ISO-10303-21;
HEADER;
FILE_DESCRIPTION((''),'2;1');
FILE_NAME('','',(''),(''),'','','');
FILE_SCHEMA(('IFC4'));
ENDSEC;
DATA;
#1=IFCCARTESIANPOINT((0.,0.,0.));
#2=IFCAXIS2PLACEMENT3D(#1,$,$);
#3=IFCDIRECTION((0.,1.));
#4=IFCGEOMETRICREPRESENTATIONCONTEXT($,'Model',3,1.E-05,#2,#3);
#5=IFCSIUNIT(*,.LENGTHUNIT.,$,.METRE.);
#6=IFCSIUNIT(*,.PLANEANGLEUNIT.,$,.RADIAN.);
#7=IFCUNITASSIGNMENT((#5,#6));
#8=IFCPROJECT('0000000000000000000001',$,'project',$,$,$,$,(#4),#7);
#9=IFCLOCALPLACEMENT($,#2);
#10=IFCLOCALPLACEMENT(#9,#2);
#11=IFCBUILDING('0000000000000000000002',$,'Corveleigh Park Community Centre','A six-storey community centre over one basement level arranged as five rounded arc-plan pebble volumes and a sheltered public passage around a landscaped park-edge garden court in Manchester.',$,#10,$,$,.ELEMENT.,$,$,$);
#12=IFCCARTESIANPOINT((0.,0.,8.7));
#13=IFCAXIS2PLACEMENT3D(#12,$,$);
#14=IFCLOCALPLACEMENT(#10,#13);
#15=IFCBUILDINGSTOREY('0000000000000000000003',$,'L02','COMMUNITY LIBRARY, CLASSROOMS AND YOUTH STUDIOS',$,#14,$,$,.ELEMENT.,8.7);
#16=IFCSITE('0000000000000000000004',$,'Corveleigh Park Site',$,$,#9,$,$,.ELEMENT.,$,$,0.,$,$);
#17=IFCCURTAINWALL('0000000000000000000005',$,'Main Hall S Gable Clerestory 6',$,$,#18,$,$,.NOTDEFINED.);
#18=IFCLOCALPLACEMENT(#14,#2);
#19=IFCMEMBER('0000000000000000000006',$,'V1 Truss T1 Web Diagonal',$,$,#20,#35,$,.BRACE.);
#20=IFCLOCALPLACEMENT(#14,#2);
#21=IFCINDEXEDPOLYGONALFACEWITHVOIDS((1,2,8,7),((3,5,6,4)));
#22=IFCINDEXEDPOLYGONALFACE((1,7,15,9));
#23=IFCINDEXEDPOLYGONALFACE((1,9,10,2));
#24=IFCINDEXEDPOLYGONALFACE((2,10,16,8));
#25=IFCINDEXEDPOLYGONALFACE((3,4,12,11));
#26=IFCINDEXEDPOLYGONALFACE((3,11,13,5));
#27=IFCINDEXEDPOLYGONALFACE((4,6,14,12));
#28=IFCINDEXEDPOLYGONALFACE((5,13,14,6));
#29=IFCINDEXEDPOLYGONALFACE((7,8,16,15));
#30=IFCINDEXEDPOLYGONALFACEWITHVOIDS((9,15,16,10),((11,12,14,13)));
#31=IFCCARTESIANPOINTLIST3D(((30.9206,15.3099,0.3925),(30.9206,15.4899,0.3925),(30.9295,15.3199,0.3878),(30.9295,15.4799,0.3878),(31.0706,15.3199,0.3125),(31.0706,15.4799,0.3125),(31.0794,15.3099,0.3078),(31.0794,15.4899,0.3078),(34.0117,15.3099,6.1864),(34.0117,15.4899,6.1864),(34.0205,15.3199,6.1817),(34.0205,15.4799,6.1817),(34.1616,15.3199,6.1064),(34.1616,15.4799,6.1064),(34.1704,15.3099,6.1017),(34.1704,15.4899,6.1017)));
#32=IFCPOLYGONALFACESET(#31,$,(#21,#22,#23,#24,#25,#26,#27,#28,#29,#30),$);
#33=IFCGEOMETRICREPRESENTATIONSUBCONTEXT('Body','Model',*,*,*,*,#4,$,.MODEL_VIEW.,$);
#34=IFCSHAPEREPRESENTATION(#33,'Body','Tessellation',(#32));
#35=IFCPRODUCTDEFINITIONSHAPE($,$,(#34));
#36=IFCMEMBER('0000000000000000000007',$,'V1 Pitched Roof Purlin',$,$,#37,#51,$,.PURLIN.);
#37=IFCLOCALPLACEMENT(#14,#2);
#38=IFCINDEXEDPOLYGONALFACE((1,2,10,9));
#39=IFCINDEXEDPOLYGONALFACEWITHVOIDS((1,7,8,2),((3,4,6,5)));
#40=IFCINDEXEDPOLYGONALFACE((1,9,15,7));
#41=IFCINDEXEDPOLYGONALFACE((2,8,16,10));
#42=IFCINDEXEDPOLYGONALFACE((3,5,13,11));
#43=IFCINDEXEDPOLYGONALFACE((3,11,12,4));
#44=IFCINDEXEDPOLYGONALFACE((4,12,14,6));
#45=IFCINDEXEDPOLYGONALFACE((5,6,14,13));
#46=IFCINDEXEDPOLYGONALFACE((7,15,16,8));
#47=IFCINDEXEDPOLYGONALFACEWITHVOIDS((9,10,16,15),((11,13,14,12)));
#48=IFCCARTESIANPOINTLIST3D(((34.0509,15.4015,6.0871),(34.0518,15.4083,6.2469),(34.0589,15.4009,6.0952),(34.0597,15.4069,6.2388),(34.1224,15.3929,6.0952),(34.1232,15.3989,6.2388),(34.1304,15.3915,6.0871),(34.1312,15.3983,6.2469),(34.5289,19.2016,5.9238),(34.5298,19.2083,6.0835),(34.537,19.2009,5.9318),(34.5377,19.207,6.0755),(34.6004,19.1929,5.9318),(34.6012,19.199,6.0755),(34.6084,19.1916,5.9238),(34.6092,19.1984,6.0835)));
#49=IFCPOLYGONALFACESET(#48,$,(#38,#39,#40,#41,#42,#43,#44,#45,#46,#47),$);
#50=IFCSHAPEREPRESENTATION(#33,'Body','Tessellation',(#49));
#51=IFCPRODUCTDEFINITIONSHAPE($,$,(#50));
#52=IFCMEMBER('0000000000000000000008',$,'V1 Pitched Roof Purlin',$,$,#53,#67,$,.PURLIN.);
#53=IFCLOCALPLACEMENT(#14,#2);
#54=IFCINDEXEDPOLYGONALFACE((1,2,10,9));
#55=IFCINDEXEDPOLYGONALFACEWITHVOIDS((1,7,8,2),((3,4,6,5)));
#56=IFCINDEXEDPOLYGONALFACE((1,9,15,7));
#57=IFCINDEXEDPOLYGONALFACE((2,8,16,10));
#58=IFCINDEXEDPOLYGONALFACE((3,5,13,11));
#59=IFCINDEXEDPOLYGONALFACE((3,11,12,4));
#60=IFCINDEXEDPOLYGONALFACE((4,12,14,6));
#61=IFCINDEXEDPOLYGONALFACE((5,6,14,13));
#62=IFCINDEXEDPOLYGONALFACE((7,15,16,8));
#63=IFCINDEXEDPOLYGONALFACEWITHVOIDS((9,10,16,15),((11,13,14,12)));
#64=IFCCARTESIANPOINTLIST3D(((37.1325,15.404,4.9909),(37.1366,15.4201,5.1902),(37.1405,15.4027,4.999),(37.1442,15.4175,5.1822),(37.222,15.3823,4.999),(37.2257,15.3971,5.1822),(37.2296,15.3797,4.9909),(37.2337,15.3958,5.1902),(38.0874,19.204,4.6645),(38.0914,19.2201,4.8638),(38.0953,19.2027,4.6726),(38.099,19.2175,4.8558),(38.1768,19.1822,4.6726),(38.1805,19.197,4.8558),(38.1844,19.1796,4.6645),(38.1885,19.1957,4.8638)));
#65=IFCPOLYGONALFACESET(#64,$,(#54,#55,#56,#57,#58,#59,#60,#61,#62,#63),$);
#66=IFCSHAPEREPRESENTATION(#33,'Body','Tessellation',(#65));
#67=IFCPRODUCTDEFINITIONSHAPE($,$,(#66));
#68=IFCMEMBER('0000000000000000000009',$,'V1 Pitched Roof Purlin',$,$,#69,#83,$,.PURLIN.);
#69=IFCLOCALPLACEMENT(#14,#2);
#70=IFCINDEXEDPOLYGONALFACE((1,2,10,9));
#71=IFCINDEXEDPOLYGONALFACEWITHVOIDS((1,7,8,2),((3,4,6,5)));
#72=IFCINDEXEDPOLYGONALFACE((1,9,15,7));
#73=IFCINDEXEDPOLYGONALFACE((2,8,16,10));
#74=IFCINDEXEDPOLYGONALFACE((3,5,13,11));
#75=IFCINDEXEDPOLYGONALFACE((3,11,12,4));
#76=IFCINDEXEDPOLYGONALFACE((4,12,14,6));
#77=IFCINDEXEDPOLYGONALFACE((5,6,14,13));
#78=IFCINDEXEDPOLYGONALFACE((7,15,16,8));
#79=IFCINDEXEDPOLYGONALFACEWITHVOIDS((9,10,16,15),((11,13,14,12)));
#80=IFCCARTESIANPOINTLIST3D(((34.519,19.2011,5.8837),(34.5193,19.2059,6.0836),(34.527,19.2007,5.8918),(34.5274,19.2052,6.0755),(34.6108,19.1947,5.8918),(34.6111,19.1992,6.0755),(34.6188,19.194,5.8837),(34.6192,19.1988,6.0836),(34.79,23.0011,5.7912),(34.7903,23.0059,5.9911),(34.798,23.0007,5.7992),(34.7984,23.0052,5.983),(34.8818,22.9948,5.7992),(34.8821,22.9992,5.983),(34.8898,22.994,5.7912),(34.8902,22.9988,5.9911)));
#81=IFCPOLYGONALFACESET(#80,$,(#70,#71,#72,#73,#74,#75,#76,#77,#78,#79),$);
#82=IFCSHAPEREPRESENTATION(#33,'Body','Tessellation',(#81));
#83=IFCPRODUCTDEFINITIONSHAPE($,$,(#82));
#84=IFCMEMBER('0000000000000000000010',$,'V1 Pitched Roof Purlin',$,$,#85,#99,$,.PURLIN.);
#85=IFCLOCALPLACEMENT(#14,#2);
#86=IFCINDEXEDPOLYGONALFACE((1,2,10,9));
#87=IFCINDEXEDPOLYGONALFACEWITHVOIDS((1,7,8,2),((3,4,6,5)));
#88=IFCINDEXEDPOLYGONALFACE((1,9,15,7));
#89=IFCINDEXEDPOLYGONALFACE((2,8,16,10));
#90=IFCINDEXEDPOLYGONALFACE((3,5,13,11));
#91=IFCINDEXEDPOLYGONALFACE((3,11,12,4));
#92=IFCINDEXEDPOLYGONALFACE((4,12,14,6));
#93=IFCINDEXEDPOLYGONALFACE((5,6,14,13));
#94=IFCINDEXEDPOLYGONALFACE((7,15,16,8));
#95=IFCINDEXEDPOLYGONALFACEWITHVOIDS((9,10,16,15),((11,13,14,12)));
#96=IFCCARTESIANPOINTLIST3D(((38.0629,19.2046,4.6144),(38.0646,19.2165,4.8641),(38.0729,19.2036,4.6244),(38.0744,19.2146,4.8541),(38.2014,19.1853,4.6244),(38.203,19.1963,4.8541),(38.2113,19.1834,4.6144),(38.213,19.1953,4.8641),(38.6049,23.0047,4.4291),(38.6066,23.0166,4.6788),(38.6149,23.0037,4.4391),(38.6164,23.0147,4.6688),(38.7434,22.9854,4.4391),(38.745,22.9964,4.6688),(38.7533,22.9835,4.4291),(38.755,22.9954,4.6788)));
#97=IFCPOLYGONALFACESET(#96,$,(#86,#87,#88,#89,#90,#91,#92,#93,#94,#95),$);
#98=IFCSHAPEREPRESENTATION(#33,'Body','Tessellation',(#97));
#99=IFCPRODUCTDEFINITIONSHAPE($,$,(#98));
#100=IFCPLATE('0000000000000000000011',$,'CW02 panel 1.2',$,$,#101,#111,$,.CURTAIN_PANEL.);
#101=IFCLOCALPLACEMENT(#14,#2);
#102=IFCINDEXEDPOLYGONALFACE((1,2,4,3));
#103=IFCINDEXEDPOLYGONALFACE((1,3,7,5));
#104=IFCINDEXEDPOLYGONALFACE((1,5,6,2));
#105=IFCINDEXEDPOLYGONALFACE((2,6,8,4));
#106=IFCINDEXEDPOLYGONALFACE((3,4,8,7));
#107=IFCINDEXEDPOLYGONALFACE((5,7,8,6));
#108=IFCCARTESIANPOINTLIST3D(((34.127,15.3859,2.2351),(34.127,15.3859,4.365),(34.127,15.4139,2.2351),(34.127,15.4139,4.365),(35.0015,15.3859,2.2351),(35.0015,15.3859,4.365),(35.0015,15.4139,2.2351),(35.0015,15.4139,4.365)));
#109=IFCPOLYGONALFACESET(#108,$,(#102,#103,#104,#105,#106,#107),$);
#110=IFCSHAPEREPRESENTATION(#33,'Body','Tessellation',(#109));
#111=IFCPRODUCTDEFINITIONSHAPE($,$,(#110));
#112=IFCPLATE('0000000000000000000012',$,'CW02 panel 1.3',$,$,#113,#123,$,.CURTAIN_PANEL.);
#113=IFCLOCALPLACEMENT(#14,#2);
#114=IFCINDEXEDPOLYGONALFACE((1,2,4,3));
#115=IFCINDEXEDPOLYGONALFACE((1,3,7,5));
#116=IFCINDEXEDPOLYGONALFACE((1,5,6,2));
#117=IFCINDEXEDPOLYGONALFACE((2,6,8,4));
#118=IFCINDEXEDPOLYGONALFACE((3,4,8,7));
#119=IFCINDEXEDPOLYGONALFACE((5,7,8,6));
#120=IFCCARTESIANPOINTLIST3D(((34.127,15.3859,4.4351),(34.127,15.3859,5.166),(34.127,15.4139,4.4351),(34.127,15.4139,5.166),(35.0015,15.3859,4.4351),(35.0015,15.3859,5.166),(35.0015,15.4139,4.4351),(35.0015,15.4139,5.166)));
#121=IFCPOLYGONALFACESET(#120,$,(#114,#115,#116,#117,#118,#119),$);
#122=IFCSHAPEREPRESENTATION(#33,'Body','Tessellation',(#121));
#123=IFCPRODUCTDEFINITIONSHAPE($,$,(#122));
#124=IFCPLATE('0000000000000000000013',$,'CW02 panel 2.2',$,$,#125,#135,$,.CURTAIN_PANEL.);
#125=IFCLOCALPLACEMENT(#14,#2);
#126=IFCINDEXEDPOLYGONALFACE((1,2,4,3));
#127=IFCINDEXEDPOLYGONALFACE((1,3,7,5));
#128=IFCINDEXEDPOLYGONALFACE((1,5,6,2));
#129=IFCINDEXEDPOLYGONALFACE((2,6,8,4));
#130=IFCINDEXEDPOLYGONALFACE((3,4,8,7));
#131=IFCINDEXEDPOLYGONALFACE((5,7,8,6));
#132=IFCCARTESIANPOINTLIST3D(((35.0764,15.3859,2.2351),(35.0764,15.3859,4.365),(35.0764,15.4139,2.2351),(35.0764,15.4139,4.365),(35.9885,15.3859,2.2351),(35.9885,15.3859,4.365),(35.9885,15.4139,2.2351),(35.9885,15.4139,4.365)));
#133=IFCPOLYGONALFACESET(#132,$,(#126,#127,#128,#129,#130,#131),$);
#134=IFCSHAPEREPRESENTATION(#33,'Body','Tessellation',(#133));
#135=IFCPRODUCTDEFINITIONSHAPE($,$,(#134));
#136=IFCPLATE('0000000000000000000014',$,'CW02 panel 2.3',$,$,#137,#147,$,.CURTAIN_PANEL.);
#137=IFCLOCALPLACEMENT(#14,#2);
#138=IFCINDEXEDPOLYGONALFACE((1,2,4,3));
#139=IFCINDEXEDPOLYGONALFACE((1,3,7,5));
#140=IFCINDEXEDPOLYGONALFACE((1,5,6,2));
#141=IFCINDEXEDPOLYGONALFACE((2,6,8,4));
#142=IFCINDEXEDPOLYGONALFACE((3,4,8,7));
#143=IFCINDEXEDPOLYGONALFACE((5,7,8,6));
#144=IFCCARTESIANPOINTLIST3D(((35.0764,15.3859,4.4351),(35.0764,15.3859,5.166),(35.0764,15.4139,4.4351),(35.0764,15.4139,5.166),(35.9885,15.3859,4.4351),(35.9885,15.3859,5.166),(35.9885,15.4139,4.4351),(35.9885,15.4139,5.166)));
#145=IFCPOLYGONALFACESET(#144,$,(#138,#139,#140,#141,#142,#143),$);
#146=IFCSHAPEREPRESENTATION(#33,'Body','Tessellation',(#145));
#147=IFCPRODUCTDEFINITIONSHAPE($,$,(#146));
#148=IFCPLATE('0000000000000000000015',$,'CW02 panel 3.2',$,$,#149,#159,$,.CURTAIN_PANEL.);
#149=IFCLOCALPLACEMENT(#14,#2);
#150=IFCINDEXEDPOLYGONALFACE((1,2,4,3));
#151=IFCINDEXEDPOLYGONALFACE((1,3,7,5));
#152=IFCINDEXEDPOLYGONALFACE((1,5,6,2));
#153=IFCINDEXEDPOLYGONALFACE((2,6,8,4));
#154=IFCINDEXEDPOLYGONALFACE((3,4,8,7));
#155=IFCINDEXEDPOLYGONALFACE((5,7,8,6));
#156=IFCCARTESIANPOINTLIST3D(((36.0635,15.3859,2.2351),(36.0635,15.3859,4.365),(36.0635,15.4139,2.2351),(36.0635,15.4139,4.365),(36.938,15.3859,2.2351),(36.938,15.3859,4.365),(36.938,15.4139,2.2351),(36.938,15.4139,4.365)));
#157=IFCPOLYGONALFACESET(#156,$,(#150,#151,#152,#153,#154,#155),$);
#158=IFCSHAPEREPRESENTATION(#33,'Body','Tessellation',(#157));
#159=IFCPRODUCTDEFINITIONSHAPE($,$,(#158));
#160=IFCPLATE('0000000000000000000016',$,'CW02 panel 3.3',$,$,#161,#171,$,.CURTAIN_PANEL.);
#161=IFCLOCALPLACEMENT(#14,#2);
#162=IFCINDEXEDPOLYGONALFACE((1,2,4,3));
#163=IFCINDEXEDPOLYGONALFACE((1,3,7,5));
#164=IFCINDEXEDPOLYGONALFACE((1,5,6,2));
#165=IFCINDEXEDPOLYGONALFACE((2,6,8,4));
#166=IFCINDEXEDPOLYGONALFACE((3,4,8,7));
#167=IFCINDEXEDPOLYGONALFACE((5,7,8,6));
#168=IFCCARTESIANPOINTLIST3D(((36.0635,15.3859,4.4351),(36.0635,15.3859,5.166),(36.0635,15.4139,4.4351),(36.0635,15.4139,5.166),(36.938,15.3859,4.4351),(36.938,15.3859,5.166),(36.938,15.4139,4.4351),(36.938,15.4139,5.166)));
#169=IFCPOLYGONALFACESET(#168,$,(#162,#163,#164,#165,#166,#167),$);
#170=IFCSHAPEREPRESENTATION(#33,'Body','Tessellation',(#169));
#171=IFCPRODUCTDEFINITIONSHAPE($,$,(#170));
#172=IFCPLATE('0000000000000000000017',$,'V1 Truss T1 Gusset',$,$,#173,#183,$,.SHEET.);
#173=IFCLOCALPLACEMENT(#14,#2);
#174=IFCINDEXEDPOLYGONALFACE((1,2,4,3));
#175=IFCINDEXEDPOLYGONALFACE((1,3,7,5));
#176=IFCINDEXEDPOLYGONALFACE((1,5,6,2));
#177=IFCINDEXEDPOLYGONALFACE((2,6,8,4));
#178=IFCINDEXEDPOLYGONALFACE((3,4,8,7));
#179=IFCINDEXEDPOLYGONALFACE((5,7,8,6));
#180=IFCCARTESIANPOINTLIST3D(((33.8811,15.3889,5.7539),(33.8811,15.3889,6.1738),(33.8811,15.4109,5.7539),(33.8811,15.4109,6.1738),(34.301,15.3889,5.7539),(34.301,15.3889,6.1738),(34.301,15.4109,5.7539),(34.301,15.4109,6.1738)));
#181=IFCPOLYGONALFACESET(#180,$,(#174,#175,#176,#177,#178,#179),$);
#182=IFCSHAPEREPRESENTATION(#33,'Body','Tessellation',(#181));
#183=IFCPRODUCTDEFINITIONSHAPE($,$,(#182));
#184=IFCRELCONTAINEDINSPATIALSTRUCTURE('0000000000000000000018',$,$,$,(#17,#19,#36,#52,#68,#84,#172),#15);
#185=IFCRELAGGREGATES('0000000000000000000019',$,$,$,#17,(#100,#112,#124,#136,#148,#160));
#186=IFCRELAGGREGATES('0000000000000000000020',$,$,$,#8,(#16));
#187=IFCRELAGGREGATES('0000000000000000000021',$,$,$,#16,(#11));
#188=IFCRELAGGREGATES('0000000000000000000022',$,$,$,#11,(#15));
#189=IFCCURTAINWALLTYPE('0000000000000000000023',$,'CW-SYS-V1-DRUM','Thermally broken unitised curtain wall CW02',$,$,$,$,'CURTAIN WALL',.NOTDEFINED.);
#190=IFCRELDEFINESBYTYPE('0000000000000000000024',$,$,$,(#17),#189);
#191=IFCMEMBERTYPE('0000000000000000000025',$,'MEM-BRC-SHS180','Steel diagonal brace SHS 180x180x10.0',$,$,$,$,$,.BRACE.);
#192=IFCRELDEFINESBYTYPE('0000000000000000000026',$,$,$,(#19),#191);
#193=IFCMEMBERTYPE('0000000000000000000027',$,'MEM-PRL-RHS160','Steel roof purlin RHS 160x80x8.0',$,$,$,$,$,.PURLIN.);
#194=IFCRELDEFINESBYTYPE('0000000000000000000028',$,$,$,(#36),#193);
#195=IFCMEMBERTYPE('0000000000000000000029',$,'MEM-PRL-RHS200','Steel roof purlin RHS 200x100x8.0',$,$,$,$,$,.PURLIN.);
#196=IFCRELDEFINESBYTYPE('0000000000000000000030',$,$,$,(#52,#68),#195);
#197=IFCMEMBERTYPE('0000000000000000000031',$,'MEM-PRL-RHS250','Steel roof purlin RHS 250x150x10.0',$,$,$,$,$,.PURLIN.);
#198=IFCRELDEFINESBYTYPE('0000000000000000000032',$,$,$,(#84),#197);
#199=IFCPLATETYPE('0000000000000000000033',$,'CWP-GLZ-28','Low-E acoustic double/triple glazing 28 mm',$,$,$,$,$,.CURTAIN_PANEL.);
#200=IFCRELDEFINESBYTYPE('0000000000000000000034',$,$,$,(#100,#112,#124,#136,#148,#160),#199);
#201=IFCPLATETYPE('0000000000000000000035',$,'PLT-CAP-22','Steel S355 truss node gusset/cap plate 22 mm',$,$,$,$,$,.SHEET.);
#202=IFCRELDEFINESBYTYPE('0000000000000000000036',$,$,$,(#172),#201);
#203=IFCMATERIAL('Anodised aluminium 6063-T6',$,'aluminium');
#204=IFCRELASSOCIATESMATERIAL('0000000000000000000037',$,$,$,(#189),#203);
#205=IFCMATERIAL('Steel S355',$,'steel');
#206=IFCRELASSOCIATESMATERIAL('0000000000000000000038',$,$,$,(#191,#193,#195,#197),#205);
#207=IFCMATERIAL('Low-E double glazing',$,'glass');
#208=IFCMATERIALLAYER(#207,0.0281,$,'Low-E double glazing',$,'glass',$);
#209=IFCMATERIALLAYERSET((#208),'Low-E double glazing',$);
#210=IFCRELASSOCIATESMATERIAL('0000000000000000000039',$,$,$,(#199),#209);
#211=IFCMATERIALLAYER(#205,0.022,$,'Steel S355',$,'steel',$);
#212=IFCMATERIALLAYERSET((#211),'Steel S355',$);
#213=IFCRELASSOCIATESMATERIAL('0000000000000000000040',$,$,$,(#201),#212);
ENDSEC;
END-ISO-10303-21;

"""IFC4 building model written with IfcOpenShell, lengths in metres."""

from ifc_helpers import new_model, si_unit, direction, frame, origin, origin_2d, place, context, subcontext, project, spatial, rectangle, hollow_rectangle, extrude, material, layer, layer_set, material_profile, profile_set, type_object, element, aggregate, save


model = new_model("IFC4")

# Units and contexts
model_context = context("Model", 3, precision=1e-05, world=origin(), true_north=direction((0.0, 1.0)))
body_context = subcontext(model_context, "Body", "Model", "MODEL_VIEW")
ifc_project = project(units=[si_unit("LENGTHUNIT", "METRE"), si_unit("PLANEANGLEUNIT", "RADIAN")], contexts=[model_context])

# Site, building, storey
site_placement = place(None, origin())
site = spatial("IfcSite", under=ifc_project, at=site_placement, Name="Corveleigh Park Site", CompositionType="ELEMENT", RefElevation=0.0)
building_placement = place(site_placement, origin())
building = spatial("IfcBuilding", under=site, at=building_placement, Name="Corveleigh Park Community Centre", Description="A six-storey community centre over one basement level arranged as five rounded arc-plan pebble volumes and a sheltered public passage around a landscaped park-edge garden court in Manchester.", CompositionType="ELEMENT")
storey_placement = place(building_placement, frame((0.0, 0.0, 8.7)))
storey = spatial("IfcBuildingStorey", under=building, at=storey_placement, Name="L02", Description="COMMUNITY LIBRARY, CLASSROOMS AND YOUTH STUDIOS", CompositionType="ELEMENT", Elevation=8.7)

# Curtain wall
ifc_material_1 = material(Name="Anodised aluminium 6063-T6", Category="aluminium")
curtain_wall_type = type_object("IfcCurtainWallType", Name="CW-SYS-V1-DRUM", Description="Thermally broken unitised curtain wall CW02", ElementType="CURTAIN WALL", PredefinedType="NOTDEFINED", material=ifc_material_1)
curtain_wall_1_placement = place(storey_placement, origin())
curtain_wall_1 = element("IfcCurtainWall", 1, at=curtain_wall_1_placement, inside=storey, type_object=curtain_wall_type, Name="Main Hall S Gable Clerestory 6", PredefinedType="NOTDEFINED")

# Members
ifc_material_2 = material(Name="Steel S355", Category="steel")
ifc_material_profile_1 = material_profile(ifc_material_2, hollow_rectangle(XDim=0.1799, YDim=0.1799, WallThickness=0.01, at=origin_2d()), Name="SHS 180x180x10.0", Category="steel")
ifc_profile_set_1 = profile_set([ifc_material_profile_1], Name="Steel S355")
member_type_1 = type_object("IfcMemberType", Name="MEM-BRC-SHS180", Description="Steel diagonal brace SHS 180x180x10.0", PredefinedType="BRACE", material=ifc_profile_set_1)
member_1_placement = place(storey_placement, frame((34.0911, 15.3999, 6.144), z_axis=(-0.470702, 0.0, -0.882292), x_axis=(0.0, -1.0, 0.0)))
element("IfcMember", 2, at=member_1_placement, inside=storey, type_object=member_type_1, Name="V1 Truss T1 Web Diagonal", PredefinedType="BRACE", context=body_context, shape_type="SweptSolid", body=[
    extrude(hollow_rectangle(XDim=0.1799, YDim=0.1799, WallThickness=0.01, at=origin_2d()), origin(), (0.0, 0.0, 1.0), 6.5669),
])
ifc_material_profile_2 = material_profile(ifc_material_2, hollow_rectangle(XDim=0.0801, YDim=0.1599, WallThickness=0.0081, at=origin_2d()), Name="RHS 160x80x8.0", Category="steel")
ifc_profile_set_2 = profile_set([ifc_material_profile_2], Name="Steel S355")
member_type_2 = type_object("IfcMemberType", Name="MEM-PRL-RHS160", Description="Steel roof purlin RHS 160x80x8.0", PredefinedType="PURLIN", material=ifc_profile_set_2)
member_2_placement = place(storey_placement, frame((34.0911, 15.3999, 6.167), z_axis=(0.124698, 0.99128, -0.042606), x_axis=(-0.99218, 0.124811, 0.0)))
element("IfcMember", 3, at=member_2_placement, inside=storey, type_object=member_type_2, Name="V1 Pitched Roof Purlin", PredefinedType="PURLIN", context=body_context, shape_type="SweptSolid", body=[
    extrude(hollow_rectangle(XDim=0.0801, YDim=0.1599, WallThickness=0.0081, at=origin_2d()), origin(), (0.0, 0.0, 1.0), 3.8335),
])
ifc_material_profile_3 = material_profile(ifc_material_2, hollow_rectangle(XDim=0.1001, YDim=0.2, WallThickness=0.0081, at=origin_2d()), Name="RHS 200x100x8.0", Category="steel")
ifc_profile_set_3 = profile_set([ifc_material_profile_3], Name="Steel S355")
member_type_3 = type_object("IfcMemberType", Name="MEM-PRL-RHS200", Description="Steel roof purlin RHS 200x100x8.0", PredefinedType="PURLIN", material=ifc_profile_set_3)
member_3_placement = place(storey_placement, frame((37.1831, 15.3999, 5.0906), z_axis=(0.242852, 0.966504, -0.083021), x_axis=(-0.969852, 0.243694, 0.0)))
element("IfcMember", 4, at=member_3_placement, inside=storey, type_object=member_type_3, Name="V1 Pitched Roof Purlin", PredefinedType="PURLIN", context=body_context, shape_type="SweptSolid", body=[
    extrude(hollow_rectangle(XDim=0.1001, YDim=0.2, WallThickness=0.0081, at=origin_2d()), origin(), (0.0, 0.0, 1.0), 3.9316),
])
member_4_placement = place(storey_placement, frame((34.5691, 19.2, 5.9836), z_axis=(0.071112, 0.997173, -0.024281), x_axis=(-0.997467, 0.071133, 0.0)))
element("IfcMember", 5, at=member_4_placement, inside=storey, type_object=member_type_3, Name="V1 Pitched Roof Purlin", PredefinedType="PURLIN", context=body_context, shape_type="SweptSolid", body=[
    extrude(hollow_rectangle(XDim=0.1001, YDim=0.2, WallThickness=0.0081, at=origin_2d()), origin(), (0.0, 0.0, 1.0), 3.8108),
])
ifc_material_profile_4 = material_profile(ifc_material_2, hollow_rectangle(XDim=0.1499, YDim=0.25, WallThickness=0.01, at=origin_2d()), Name="RHS 250x150x10.0", Category="steel")
ifc_profile_set_4 = profile_set([ifc_material_profile_4], Name="Steel S355")
member_type_4 = type_object("IfcMemberType", Name="MEM-PRL-RHS250", Description="Steel roof purlin RHS 250x150x10.0", PredefinedType="PURLIN", material=ifc_profile_set_4)
member_5_placement = place(storey_placement, frame((38.1379, 19.2, 4.7393), z_axis=(0.141035, 0.98883, -0.048219), x_axis=(-0.989981, 0.141199, 0.0)))
element("IfcMember", 6, at=member_5_placement, inside=storey, type_object=member_type_4, Name="V1 Pitched Roof Purlin", PredefinedType="PURLIN", context=body_context, shape_type="SweptSolid", body=[
    extrude(hollow_rectangle(XDim=0.1499, YDim=0.25, WallThickness=0.01, at=origin_2d()), origin(), (0.0, 0.0, 1.0), 3.843),
])

# Plates
ifc_material_3 = material(Name="Low-E double glazing", Category="glass")
ifc_layer_1 = layer(ifc_material_3, 0.0281, Name="Low-E double glazing", Category="glass")
ifc_layer_set_1 = layer_set([ifc_layer_1], Name="Low-E double glazing")
plate_type_1 = type_object("IfcPlateType", Name="CWP-GLZ-28", Description="Low-E acoustic double/triple glazing 28 mm", PredefinedType="CURTAIN_PANEL", material=ifc_layer_set_1)
plate_1_placement = place(storey_placement, frame((34.5642, 15.3999, 2.2351), z_axis=(0.0, 0.0, 1.0), x_axis=(1.0, 0.0, 0.0)))
plate_1 = element("IfcPlate", 7, at=plate_1_placement, type_object=plate_type_1, Name="CW02 panel 1.2", PredefinedType="CURTAIN_PANEL", context=body_context, shape_type="SweptSolid", body=[
    extrude(rectangle(XDim=0.8745, YDim=0.0281, at=origin_2d()), origin(), (0.0, 0.0, 1.0), 2.1299),
])
plate_2_placement = place(storey_placement, frame((34.5642, 15.3999, 4.4351), z_axis=(0.0, 0.0, 1.0), x_axis=(1.0, 0.0, 0.0)))
plate_2 = element("IfcPlate", 8, at=plate_2_placement, type_object=plate_type_1, Name="CW02 panel 1.3", PredefinedType="CURTAIN_PANEL", context=body_context, shape_type="SweptSolid", body=[
    extrude(rectangle(XDim=0.8745, YDim=0.0281, at=origin_2d()), origin(), (0.0, 0.0, 1.0), 0.731),
])
plate_3_placement = place(storey_placement, frame((35.5325, 15.3999, 2.2351), z_axis=(0.0, 0.0, 1.0), x_axis=(1.0, 0.0, 0.0)))
plate_3 = element("IfcPlate", 9, at=plate_3_placement, type_object=plate_type_1, Name="CW02 panel 2.2", PredefinedType="CURTAIN_PANEL", context=body_context, shape_type="SweptSolid", body=[
    extrude(rectangle(XDim=0.9121, YDim=0.0281, at=origin_2d()), origin(), (0.0, 0.0, 1.0), 2.1299),
])
plate_4_placement = place(storey_placement, frame((35.5325, 15.3999, 4.4351), z_axis=(0.0, 0.0, 1.0), x_axis=(1.0, 0.0, 0.0)))
plate_4 = element("IfcPlate", 10, at=plate_4_placement, type_object=plate_type_1, Name="CW02 panel 2.3", PredefinedType="CURTAIN_PANEL", context=body_context, shape_type="SweptSolid", body=[
    extrude(rectangle(XDim=0.9121, YDim=0.0281, at=origin_2d()), origin(), (0.0, 0.0, 1.0), 0.731),
])
plate_5_placement = place(storey_placement, frame((36.5007, 15.3999, 2.2351), z_axis=(0.0, 0.0, 1.0), x_axis=(1.0, 0.0, 0.0)))
plate_5 = element("IfcPlate", 11, at=plate_5_placement, type_object=plate_type_1, Name="CW02 panel 3.2", PredefinedType="CURTAIN_PANEL", context=body_context, shape_type="SweptSolid", body=[
    extrude(rectangle(XDim=0.8745, YDim=0.0281, at=origin_2d()), origin(), (0.0, 0.0, 1.0), 2.1299),
])
plate_6_placement = place(storey_placement, frame((36.5007, 15.3999, 4.4351), z_axis=(0.0, 0.0, 1.0), x_axis=(1.0, 0.0, 0.0)))
plate_6 = element("IfcPlate", 12, at=plate_6_placement, type_object=plate_type_1, Name="CW02 panel 3.3", PredefinedType="CURTAIN_PANEL", context=body_context, shape_type="SweptSolid", body=[
    extrude(rectangle(XDim=0.8745, YDim=0.0281, at=origin_2d()), origin(), (0.0, 0.0, 1.0), 0.731),
])
aggregate(curtain_wall_1, [plate_1, plate_2, plate_3, plate_4, plate_5, plate_6])

# Plate
ifc_layer_2 = layer(ifc_material_2, 0.022, Name="Steel S355", Category="steel")
ifc_layer_set_2 = layer_set([ifc_layer_2], Name="Steel S355")
plate_type_2 = type_object("IfcPlateType", Name="PLT-CAP-22", Description="Steel S355 truss node gusset/cap plate 22 mm", PredefinedType="SHEET", material=ifc_layer_set_2)
plate_7_placement = place(storey_placement, frame((34.0911, 15.3999, 5.7539), z_axis=(0.0, 0.0, 1.0), x_axis=(1.0, 0.0, 0.0)))
element("IfcPlate", 13, at=plate_7_placement, inside=storey, type_object=plate_type_2, Name="V1 Truss T1 Gusset", PredefinedType="SHEET", context=body_context, shape_type="SweptSolid", body=[
    extrude(rectangle(XDim=0.4199, YDim=0.022, at=origin_2d()), origin(), (0.0, 0.0, 1.0), 0.4199),
])

save(model, "model.ifc")
